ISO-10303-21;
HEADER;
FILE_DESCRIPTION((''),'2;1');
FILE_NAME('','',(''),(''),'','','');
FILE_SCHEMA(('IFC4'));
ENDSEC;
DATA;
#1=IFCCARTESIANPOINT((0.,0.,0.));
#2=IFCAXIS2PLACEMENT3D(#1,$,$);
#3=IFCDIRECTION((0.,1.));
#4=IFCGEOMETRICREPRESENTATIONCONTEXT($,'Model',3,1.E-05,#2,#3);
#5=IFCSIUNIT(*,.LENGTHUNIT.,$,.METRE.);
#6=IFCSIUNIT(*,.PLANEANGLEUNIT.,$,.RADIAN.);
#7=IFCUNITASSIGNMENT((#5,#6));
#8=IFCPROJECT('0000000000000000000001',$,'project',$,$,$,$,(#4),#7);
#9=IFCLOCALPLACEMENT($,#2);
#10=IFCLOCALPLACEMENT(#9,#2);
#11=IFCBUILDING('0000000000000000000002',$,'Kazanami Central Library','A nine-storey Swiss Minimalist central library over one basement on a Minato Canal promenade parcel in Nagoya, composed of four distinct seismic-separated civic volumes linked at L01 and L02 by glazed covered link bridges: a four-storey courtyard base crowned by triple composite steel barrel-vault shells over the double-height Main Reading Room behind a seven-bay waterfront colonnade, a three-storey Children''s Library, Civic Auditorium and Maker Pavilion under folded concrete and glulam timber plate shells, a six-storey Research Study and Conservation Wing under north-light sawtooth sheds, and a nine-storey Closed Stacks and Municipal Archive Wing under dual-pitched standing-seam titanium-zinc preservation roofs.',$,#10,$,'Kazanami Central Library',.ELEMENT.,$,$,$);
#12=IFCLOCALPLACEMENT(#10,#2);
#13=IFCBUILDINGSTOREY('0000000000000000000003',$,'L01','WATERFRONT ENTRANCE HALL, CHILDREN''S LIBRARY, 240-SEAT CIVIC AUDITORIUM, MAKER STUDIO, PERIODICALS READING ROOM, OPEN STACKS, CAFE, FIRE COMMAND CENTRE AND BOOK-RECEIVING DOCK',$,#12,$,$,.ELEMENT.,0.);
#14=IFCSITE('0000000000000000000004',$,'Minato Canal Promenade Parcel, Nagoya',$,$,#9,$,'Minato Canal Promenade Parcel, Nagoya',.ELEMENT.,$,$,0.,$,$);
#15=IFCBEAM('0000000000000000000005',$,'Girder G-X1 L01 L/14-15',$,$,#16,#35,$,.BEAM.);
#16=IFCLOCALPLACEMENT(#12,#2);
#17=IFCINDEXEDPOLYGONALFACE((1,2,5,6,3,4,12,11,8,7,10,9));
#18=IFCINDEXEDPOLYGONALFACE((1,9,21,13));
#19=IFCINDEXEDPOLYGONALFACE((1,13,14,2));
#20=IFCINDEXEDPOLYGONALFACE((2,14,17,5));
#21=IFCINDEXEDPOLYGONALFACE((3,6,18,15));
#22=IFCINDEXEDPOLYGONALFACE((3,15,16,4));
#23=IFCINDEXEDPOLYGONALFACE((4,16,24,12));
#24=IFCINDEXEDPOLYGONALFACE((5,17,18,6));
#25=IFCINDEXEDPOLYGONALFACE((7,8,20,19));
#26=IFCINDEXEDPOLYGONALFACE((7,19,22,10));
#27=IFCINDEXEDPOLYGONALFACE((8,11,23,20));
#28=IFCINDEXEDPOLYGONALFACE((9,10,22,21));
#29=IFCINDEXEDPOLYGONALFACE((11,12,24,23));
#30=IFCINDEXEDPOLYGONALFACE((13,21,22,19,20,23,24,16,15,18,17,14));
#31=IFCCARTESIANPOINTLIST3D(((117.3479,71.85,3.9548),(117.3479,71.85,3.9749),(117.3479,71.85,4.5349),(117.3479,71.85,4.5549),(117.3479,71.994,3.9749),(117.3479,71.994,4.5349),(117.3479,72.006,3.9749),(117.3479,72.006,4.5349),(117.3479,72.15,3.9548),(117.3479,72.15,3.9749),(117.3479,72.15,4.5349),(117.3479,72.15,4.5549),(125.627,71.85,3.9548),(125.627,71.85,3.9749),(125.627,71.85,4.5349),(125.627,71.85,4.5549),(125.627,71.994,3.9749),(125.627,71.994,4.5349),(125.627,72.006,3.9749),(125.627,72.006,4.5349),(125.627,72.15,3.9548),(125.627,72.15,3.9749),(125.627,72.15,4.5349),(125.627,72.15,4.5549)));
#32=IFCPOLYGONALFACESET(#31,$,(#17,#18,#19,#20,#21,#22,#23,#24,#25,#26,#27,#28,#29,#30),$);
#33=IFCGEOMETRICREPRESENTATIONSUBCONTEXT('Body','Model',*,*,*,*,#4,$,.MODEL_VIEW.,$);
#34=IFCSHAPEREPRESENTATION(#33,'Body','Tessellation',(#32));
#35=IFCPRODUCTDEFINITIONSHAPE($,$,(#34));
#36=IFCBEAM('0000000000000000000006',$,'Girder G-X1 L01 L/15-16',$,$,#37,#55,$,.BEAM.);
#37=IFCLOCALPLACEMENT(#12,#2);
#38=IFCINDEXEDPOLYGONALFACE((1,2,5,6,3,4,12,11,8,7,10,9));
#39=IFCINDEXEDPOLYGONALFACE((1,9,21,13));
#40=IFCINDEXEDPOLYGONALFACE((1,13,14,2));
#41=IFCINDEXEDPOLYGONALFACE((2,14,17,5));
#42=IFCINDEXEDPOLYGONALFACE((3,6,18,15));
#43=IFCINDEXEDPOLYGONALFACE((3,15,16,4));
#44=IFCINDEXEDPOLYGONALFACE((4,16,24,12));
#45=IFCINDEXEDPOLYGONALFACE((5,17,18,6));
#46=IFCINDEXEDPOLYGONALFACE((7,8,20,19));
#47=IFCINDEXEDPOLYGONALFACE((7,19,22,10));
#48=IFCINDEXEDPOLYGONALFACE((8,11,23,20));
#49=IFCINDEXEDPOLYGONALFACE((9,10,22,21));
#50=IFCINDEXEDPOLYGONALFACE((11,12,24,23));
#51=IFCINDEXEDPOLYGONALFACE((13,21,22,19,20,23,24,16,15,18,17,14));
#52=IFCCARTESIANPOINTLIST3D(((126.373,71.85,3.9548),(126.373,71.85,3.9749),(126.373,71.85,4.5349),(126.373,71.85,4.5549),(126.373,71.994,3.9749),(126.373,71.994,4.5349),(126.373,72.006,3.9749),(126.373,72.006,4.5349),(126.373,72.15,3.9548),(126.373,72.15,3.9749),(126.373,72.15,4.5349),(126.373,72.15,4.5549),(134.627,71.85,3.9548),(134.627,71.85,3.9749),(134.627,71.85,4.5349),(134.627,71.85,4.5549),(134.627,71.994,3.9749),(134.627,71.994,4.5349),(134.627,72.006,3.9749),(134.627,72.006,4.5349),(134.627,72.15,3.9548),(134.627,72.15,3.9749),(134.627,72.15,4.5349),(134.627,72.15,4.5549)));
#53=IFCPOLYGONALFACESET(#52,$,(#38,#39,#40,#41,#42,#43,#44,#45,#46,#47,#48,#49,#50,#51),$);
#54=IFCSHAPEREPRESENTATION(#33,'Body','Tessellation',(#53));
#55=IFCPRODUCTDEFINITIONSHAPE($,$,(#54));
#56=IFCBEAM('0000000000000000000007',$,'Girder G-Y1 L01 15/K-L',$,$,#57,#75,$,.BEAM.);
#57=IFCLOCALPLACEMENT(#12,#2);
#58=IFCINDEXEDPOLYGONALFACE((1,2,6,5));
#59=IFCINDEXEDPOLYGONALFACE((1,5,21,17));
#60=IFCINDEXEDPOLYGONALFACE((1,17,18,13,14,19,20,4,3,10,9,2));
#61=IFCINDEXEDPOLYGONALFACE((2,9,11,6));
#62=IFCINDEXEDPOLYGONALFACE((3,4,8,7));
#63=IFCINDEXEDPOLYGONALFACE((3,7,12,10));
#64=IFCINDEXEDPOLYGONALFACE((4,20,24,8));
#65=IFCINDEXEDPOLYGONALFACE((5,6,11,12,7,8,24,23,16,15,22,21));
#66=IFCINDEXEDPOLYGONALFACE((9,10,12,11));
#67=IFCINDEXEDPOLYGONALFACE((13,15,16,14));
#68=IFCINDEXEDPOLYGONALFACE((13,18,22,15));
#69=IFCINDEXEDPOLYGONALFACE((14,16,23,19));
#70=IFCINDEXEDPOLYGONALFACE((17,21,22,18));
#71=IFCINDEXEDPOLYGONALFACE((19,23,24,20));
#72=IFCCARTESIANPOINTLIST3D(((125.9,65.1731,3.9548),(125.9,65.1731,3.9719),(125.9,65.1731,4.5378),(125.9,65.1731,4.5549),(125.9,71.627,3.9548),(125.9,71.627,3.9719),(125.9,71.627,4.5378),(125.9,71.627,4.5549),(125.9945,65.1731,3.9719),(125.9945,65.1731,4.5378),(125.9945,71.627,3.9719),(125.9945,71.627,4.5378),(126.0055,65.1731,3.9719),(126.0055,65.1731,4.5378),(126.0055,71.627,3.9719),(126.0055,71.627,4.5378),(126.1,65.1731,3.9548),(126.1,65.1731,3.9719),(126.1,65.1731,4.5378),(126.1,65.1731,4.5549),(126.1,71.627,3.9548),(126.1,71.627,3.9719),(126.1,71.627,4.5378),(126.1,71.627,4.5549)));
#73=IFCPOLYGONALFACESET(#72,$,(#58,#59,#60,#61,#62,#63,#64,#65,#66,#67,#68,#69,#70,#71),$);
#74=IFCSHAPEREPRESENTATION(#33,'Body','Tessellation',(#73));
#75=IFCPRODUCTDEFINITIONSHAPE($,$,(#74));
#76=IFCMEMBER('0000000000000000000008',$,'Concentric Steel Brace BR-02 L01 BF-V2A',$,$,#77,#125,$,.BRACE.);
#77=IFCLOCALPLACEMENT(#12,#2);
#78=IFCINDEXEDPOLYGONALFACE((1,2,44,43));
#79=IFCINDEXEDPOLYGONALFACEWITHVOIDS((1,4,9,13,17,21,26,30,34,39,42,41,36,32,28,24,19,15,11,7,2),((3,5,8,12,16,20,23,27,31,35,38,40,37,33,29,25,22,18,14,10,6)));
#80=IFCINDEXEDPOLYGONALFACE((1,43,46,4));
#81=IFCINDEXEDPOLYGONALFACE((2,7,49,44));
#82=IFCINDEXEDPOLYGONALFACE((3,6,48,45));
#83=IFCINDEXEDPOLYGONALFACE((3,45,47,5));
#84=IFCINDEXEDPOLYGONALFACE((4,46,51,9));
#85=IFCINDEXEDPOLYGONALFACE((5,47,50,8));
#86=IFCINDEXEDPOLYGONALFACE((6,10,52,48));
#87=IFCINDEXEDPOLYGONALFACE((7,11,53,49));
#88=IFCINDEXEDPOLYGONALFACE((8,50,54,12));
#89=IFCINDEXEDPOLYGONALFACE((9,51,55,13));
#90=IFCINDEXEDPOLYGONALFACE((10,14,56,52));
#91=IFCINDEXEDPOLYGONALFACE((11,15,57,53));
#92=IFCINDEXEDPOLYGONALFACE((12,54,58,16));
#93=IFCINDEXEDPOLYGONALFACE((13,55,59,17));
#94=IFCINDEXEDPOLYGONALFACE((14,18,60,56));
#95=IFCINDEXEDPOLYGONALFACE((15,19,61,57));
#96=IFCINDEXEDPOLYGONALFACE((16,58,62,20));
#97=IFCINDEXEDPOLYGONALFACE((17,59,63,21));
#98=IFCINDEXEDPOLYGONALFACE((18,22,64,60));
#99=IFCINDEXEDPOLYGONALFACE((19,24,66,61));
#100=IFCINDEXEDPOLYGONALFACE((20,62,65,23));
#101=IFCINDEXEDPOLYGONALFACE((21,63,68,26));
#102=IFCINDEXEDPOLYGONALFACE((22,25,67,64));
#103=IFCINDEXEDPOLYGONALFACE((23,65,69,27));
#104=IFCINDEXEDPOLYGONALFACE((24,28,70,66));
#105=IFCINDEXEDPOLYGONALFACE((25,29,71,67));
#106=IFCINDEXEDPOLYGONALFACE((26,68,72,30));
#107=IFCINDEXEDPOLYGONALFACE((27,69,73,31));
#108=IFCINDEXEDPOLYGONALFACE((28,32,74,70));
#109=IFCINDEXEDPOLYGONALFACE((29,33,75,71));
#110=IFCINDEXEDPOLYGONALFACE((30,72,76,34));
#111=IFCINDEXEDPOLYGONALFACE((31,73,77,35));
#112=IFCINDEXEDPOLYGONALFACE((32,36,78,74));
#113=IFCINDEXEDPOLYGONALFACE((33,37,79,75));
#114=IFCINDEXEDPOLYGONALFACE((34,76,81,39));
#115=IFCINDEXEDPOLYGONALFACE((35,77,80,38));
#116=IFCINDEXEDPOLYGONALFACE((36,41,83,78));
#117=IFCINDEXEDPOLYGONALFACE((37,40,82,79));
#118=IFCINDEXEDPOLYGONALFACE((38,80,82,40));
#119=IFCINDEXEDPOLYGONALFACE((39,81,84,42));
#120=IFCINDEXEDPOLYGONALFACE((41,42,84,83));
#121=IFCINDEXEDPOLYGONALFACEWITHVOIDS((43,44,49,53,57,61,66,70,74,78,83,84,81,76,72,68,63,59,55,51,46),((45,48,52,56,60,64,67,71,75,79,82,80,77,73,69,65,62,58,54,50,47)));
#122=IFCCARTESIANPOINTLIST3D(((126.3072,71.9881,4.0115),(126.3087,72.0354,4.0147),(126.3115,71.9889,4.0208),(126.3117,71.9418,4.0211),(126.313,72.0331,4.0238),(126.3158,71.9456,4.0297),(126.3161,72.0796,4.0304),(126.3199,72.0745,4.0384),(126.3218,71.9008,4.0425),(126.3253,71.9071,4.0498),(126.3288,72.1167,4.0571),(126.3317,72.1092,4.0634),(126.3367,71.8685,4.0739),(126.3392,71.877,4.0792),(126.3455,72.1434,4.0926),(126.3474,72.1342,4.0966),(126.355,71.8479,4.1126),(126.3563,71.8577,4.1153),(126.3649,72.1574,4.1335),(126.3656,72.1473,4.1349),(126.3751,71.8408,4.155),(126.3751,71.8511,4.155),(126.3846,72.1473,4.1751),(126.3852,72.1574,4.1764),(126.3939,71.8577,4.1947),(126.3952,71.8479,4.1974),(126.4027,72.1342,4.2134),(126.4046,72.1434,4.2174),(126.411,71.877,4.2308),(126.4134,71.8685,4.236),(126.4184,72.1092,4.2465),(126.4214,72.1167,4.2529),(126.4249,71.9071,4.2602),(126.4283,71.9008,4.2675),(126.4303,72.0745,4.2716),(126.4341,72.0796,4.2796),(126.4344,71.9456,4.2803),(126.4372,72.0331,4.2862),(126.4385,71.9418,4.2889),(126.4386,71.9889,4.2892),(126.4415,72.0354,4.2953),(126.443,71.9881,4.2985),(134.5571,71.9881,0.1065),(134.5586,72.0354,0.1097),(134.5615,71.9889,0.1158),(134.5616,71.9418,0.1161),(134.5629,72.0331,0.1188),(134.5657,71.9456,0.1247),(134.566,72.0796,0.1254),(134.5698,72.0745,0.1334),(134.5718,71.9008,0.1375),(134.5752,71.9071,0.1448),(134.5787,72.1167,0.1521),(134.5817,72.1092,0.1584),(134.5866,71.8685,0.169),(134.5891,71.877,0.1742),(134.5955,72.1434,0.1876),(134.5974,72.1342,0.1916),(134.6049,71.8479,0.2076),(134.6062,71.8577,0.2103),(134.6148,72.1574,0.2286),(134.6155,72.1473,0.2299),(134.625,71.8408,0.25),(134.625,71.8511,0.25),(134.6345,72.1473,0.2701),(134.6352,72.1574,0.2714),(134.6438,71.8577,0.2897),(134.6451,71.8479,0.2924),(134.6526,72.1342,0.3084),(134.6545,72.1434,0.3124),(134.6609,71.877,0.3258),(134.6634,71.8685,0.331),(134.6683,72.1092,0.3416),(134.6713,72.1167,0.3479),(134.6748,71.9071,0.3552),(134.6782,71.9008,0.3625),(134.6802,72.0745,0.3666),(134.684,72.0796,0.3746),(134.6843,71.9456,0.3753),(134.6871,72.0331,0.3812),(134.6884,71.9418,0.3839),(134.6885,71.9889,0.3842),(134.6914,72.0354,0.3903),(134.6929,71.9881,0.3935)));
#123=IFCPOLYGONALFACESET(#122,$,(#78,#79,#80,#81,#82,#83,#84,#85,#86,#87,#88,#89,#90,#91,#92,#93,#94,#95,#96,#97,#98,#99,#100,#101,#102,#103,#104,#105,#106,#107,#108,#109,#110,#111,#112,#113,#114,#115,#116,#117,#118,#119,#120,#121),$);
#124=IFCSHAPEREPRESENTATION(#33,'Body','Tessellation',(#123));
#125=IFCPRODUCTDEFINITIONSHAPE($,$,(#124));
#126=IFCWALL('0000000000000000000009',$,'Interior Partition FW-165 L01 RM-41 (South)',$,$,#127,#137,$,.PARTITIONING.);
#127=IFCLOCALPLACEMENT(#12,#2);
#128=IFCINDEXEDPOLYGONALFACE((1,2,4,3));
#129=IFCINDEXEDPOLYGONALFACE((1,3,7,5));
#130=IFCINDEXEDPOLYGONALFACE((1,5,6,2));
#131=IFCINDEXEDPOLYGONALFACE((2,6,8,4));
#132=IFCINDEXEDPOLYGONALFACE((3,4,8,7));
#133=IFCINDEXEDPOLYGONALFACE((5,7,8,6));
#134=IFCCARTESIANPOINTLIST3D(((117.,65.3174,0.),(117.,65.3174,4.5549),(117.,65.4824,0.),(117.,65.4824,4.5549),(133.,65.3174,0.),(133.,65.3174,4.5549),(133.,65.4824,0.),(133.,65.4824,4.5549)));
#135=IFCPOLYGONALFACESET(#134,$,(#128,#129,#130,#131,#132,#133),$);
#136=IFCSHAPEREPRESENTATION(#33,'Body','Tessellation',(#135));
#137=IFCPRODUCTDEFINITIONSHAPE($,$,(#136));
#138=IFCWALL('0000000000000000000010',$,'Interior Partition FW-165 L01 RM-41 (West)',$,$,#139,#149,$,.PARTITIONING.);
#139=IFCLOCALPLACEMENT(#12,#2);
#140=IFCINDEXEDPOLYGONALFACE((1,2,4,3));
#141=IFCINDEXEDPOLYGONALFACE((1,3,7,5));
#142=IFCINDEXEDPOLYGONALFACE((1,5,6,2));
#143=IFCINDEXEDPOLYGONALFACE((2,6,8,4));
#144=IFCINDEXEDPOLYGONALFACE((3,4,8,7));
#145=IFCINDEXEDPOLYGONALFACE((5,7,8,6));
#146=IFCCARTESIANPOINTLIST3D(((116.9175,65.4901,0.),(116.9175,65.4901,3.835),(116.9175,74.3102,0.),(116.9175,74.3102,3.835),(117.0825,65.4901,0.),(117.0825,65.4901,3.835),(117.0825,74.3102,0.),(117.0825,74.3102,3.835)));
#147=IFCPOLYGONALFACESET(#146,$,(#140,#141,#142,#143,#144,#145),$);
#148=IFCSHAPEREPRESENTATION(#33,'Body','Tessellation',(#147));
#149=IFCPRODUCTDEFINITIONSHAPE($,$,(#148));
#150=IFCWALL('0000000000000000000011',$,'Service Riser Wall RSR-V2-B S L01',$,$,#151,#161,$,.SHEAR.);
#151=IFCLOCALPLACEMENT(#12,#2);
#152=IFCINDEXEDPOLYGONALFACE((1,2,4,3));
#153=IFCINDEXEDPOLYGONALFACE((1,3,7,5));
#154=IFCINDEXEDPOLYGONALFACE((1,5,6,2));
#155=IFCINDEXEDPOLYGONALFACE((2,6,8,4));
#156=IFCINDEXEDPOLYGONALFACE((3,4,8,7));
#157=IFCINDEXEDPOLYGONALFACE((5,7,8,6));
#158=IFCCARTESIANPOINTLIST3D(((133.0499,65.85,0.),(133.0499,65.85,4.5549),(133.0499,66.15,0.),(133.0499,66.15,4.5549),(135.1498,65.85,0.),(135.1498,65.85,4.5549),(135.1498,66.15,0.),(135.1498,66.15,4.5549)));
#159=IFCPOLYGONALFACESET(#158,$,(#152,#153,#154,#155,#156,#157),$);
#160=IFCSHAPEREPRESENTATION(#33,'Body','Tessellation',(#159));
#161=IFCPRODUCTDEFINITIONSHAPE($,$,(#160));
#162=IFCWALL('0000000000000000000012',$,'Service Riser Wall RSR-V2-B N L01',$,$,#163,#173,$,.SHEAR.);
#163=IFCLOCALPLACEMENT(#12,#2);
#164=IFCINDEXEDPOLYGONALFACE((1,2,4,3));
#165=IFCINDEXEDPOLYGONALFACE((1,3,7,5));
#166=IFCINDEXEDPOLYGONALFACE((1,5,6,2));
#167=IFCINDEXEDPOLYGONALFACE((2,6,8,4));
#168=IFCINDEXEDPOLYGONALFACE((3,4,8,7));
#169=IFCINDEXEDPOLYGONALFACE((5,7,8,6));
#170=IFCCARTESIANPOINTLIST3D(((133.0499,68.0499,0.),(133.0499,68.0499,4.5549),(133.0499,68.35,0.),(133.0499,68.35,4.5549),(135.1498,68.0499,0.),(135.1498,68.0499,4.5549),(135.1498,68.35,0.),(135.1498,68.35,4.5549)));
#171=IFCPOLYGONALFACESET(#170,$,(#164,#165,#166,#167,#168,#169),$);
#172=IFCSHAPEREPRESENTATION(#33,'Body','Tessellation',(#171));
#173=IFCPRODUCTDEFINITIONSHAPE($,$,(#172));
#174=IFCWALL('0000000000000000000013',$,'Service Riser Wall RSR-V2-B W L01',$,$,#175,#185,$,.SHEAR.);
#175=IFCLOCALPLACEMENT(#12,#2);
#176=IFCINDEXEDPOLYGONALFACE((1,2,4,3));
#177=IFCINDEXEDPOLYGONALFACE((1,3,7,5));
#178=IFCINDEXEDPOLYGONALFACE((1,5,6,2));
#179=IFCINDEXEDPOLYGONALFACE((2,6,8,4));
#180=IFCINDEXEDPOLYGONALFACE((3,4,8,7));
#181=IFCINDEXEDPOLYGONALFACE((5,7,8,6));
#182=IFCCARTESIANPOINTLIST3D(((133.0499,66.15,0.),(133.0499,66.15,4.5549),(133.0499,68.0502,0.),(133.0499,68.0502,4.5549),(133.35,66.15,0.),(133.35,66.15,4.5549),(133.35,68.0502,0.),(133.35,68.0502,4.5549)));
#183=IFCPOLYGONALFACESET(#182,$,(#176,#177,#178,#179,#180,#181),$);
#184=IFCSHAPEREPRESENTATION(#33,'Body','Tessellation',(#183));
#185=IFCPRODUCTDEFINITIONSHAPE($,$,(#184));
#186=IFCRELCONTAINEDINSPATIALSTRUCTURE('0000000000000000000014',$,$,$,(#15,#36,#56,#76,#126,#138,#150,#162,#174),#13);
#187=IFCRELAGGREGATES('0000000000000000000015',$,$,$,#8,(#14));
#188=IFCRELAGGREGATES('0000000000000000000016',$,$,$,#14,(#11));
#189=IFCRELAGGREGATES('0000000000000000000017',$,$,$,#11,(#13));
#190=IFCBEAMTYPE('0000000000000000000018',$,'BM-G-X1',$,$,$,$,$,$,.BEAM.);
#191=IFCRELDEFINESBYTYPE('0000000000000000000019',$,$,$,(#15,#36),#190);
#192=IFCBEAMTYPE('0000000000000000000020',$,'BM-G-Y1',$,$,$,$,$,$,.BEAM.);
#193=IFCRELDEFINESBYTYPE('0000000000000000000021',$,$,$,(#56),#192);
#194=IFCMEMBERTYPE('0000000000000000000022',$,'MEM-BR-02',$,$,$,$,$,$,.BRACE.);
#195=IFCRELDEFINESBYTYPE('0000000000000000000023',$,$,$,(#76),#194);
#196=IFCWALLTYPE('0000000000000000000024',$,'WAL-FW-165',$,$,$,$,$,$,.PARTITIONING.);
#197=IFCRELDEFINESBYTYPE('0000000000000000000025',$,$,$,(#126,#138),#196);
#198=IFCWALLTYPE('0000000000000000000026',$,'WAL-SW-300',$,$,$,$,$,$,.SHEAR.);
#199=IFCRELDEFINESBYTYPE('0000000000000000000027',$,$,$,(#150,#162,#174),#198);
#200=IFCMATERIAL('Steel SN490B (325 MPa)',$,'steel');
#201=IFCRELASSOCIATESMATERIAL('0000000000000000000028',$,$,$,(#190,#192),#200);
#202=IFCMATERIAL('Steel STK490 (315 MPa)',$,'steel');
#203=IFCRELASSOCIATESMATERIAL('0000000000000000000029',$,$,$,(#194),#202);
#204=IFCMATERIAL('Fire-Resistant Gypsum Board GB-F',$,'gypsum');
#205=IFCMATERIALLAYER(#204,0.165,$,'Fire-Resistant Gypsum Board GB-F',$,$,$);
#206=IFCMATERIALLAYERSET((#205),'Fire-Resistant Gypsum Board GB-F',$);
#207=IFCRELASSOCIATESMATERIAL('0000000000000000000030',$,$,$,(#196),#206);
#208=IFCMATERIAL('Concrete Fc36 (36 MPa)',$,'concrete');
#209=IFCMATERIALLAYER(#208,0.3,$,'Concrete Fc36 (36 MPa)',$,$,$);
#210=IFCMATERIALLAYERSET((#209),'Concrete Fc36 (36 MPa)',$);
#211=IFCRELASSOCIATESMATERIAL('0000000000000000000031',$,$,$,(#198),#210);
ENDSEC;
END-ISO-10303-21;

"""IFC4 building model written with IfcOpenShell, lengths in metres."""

from ifc_helpers import new_model, si_unit, direction, frame, frame_2d, origin, origin_2d, place, context, subcontext, project, spatial, rectangle, hollow_circle, i_section, extrude, material, layer, layer_set, material_profile, profile_set, type_object, element, save


model = new_model("IFC4")

# Units and contexts
model_context = context("Model", 3, precision=1e-05, world=origin(), true_north=direction((0.0, 1.0)))
body_context = subcontext(model_context, "Body", "Model", "MODEL_VIEW")
ifc_project = project(units=[si_unit("LENGTHUNIT", "METRE"), si_unit("PLANEANGLEUNIT", "RADIAN")], contexts=[model_context])

# Site, building, storey
site_placement = place(None, origin())
site = spatial("IfcSite", under=ifc_project, at=site_placement, Name="Minato Canal Promenade Parcel, Nagoya", LongName="Minato Canal Promenade Parcel, Nagoya", CompositionType="ELEMENT", RefElevation=0.0)
building_placement = place(site_placement, origin())
building = spatial("IfcBuilding", under=site, at=building_placement, Name="Kazanami Central Library", Description="A nine-storey Swiss Minimalist central library over one basement on a Minato Canal promenade parcel in Nagoya, composed of four distinct seismic-separated civic volumes linked at L01 and L02 by glazed covered link bridges: a four-storey courtyard base crowned by triple composite steel barrel-vault shells over the double-height Main Reading Room behind a seven-bay waterfront colonnade, a three-storey Children's Library, Civic Auditorium and Maker Pavilion under folded concrete and glulam timber plate shells, a six-storey Research Study and Conservation Wing under north-light sawtooth sheds, and a nine-storey Closed Stacks and Municipal Archive Wing under dual-pitched standing-seam titanium-zinc preservation roofs.", LongName="Kazanami Central Library", CompositionType="ELEMENT")
storey_placement = place(building_placement, origin())
storey = spatial("IfcBuildingStorey", under=building, at=storey_placement, Name="L01", Description="WATERFRONT ENTRANCE HALL, CHILDREN'S LIBRARY, 240-SEAT CIVIC AUDITORIUM, MAKER STUDIO, PERIODICALS READING ROOM, OPEN STACKS, CAFE, FIRE COMMAND CENTRE AND BOOK-RECEIVING DOCK", CompositionType="ELEMENT", Elevation=0.0)

# Beams
ifc_material_1 = material(Name="Steel SN490B (325 MPa)", Category="steel")
ifc_material_profile_1 = material_profile(ifc_material_1, i_section(OverallWidth=0.3, OverallDepth=0.6001, WebThickness=0.012, FlangeThickness=0.02, at=origin_2d()), Name="H-600x300x12x20")
ifc_profile_set_1 = profile_set([ifc_material_profile_1], Name="Steel SN490B (325 MPa)")
beam_type_1 = type_object("IfcBeamType", Name="BM-G-X1", PredefinedType="BEAM", material=ifc_profile_set_1)
beam_1_placement = place(storey_placement, frame((117.3479, 72.0, 4.2549), z_axis=(1.0, 0.0, 0.0), x_axis=(0.0, 1.0, 0.0)))
element("IfcBeam", 1, at=beam_1_placement, inside=storey, type_object=beam_type_1, Name="Girder G-X1 L01 L/14-15", PredefinedType="BEAM", context=body_context, shape_type="SweptSolid", body=[
    extrude(i_section(OverallWidth=0.3, OverallDepth=0.6001, WebThickness=0.012, FlangeThickness=0.02, at=origin_2d()), origin(), (0.0, 0.0, 1.0), 8.2791),
])
beam_2_placement = place(storey_placement, frame((126.373, 72.0, 4.2549), z_axis=(1.0, 0.0, 0.0), x_axis=(0.0, 1.0, 0.0)))
element("IfcBeam", 2, at=beam_2_placement, inside=storey, type_object=beam_type_1, Name="Girder G-X1 L01 L/15-16", PredefinedType="BEAM", context=body_context, shape_type="SweptSolid", body=[
    extrude(i_section(OverallWidth=0.3, OverallDepth=0.6001, WebThickness=0.012, FlangeThickness=0.02, at=origin_2d()), origin(), (0.0, 0.0, 1.0), 8.2539),
])
ifc_material_profile_2 = material_profile(ifc_material_1, i_section(OverallWidth=0.2, OverallDepth=0.6001, WebThickness=0.011, FlangeThickness=0.0171, at=origin_2d()), Name="H-600x200x11x17")
ifc_profile_set_2 = profile_set([ifc_material_profile_2], Name="Steel SN490B (325 MPa)")
beam_type_2 = type_object("IfcBeamType", Name="BM-G-Y1", PredefinedType="BEAM", material=ifc_profile_set_2)
beam_3_placement = place(storey_placement, frame((126.0, 65.1731, 4.2549), z_axis=(0.0, 1.0, 0.0), x_axis=(-1.0, 0.0, 0.0)))
element("IfcBeam", 3, at=beam_3_placement, inside=storey, type_object=beam_type_2, Name="Girder G-Y1 L01 15/K-L", PredefinedType="BEAM", context=body_context, shape_type="SweptSolid", body=[
    extrude(i_section(OverallWidth=0.2, OverallDepth=0.6001, WebThickness=0.011, FlangeThickness=0.0171, at=origin_2d()), origin(), (0.0, 0.0, 1.0), 6.4539),
])

# Member
ifc_material_2 = material(Name="Steel STK490 (315 MPa)", Category="steel")
ifc_material_profile_3 = material_profile(ifc_material_2, hollow_circle(Radius=0.1592, WallThickness=0.0103, at=origin_2d()), Name="CHS-318.5x10.3")
ifc_profile_set_3 = profile_set([ifc_material_profile_3], Name="Steel STK490 (315 MPa)")
member_type = type_object("IfcMemberType", Name="MEM-BR-02", PredefinedType="BRACE", material=ifc_profile_set_3)
member_placement = place(storey_placement, frame((134.625, 72.0, 0.25), z_axis=(-0.903859, 0.0, 0.42783), x_axis=(0.0, -1.0, 0.0)))
element("IfcMember", 4, at=member_placement, inside=storey, type_object=member_type, Name="Concentric Steel Brace BR-02 L01 BF-V2A", PredefinedType="BRACE", context=body_context, shape_type="SweptSolid", body=[
    extrude(hollow_circle(Radius=0.1592, WallThickness=0.0103, at=origin_2d()), origin(), (0.0, 0.0, 1.0), 9.1274),
])

# Walls
ifc_material_3 = material(Name="Fire-Resistant Gypsum Board GB-F", Category="gypsum")
ifc_layer_1 = layer(ifc_material_3, 0.165, Name="Fire-Resistant Gypsum Board GB-F")
ifc_layer_set_1 = layer_set([ifc_layer_1], Name="Fire-Resistant Gypsum Board GB-F")
wall_type_1 = type_object("IfcWallType", Name="WAL-FW-165", PredefinedType="PARTITIONING", material=ifc_layer_set_1)
wall_1_placement = place(storey_placement, frame((117.0, 65.3999, 0.0), z_axis=(0.0, 0.0, 1.0), x_axis=(1.0, 0.0, 0.0)))
element("IfcWall", 5, at=wall_1_placement, inside=storey, type_object=wall_type_1, Name="Interior Partition FW-165 L01 RM-41 (South)", PredefinedType="PARTITIONING", context=body_context, shape_type="SweptSolid", body=[
    extrude(rectangle(XDim=16.0, YDim=0.165, at=frame_2d((8.0, 0.0))), origin(), (0.0, 0.0, 1.0), 4.5549),
])
wall_2_placement = place(storey_placement, frame((117.0, 65.49, 0.0), z_axis=(0.0, 0.0, 1.0), x_axis=(0.0, 1.0, 0.0)))
element("IfcWall", 6, at=wall_2_placement, inside=storey, type_object=wall_type_1, Name="Interior Partition FW-165 L01 RM-41 (West)", PredefinedType="PARTITIONING", context=body_context, shape_type="SweptSolid", body=[
    extrude(rectangle(XDim=8.8201, YDim=0.165, at=frame_2d((4.4102, 0.0))), origin(), (0.0, 0.0, 1.0), 3.835),
])
ifc_material_4 = material(Name="Concrete Fc36 (36 MPa)", Category="concrete")
ifc_layer_2 = layer(ifc_material_4, 0.3, Name="Concrete Fc36 (36 MPa)")
ifc_layer_set_2 = layer_set([ifc_layer_2], Name="Concrete Fc36 (36 MPa)")
wall_type_2 = type_object("IfcWallType", Name="WAL-SW-300", PredefinedType="SHEAR", material=ifc_layer_set_2)
for number, where, z_axis, x_axis, name in (
    (7, (133.05, 66.0, 0.0), (0.0, 0.0, 1.0), (1.0, 0.0, 0.0), "Service Riser Wall RSR-V2-B S L01"),
    (8, (133.05, 68.2, 0.0), (0.0, 0.0, 1.0), (1.0, 0.0, 0.0), "Service Riser Wall RSR-V2-B N L01"),
):
    element("IfcWall", number, at=place(storey_placement, frame(where, z_axis=z_axis, x_axis=x_axis)), inside=storey, type_object=wall_type_2, Name=name, PredefinedType="SHEAR", context=body_context, shape_type="SweptSolid", body=[
        extrude(rectangle(XDim=2.0999, YDim=0.3, at=frame_2d((1.0498, 0.0))), origin(), (0.0, 0.0, 1.0), 4.5549),
    ])
wall_3_placement = place(storey_placement, frame((133.2, 66.1499, 0.0), z_axis=(0.0, 0.0, 1.0), x_axis=(0.0, 1.0, 0.0)))
element("IfcWall", 9, at=wall_3_placement, inside=storey, type_object=wall_type_2, Name="Service Riser Wall RSR-V2-B W L01", PredefinedType="SHEAR", context=body_context, shape_type="SweptSolid", body=[
    extrude(rectangle(XDim=1.9001, YDim=0.3, at=frame_2d((0.9502, 0.0))), origin(), (0.0, 0.0, 1.0), 4.5549),
])

save(model, "model.ifc")
